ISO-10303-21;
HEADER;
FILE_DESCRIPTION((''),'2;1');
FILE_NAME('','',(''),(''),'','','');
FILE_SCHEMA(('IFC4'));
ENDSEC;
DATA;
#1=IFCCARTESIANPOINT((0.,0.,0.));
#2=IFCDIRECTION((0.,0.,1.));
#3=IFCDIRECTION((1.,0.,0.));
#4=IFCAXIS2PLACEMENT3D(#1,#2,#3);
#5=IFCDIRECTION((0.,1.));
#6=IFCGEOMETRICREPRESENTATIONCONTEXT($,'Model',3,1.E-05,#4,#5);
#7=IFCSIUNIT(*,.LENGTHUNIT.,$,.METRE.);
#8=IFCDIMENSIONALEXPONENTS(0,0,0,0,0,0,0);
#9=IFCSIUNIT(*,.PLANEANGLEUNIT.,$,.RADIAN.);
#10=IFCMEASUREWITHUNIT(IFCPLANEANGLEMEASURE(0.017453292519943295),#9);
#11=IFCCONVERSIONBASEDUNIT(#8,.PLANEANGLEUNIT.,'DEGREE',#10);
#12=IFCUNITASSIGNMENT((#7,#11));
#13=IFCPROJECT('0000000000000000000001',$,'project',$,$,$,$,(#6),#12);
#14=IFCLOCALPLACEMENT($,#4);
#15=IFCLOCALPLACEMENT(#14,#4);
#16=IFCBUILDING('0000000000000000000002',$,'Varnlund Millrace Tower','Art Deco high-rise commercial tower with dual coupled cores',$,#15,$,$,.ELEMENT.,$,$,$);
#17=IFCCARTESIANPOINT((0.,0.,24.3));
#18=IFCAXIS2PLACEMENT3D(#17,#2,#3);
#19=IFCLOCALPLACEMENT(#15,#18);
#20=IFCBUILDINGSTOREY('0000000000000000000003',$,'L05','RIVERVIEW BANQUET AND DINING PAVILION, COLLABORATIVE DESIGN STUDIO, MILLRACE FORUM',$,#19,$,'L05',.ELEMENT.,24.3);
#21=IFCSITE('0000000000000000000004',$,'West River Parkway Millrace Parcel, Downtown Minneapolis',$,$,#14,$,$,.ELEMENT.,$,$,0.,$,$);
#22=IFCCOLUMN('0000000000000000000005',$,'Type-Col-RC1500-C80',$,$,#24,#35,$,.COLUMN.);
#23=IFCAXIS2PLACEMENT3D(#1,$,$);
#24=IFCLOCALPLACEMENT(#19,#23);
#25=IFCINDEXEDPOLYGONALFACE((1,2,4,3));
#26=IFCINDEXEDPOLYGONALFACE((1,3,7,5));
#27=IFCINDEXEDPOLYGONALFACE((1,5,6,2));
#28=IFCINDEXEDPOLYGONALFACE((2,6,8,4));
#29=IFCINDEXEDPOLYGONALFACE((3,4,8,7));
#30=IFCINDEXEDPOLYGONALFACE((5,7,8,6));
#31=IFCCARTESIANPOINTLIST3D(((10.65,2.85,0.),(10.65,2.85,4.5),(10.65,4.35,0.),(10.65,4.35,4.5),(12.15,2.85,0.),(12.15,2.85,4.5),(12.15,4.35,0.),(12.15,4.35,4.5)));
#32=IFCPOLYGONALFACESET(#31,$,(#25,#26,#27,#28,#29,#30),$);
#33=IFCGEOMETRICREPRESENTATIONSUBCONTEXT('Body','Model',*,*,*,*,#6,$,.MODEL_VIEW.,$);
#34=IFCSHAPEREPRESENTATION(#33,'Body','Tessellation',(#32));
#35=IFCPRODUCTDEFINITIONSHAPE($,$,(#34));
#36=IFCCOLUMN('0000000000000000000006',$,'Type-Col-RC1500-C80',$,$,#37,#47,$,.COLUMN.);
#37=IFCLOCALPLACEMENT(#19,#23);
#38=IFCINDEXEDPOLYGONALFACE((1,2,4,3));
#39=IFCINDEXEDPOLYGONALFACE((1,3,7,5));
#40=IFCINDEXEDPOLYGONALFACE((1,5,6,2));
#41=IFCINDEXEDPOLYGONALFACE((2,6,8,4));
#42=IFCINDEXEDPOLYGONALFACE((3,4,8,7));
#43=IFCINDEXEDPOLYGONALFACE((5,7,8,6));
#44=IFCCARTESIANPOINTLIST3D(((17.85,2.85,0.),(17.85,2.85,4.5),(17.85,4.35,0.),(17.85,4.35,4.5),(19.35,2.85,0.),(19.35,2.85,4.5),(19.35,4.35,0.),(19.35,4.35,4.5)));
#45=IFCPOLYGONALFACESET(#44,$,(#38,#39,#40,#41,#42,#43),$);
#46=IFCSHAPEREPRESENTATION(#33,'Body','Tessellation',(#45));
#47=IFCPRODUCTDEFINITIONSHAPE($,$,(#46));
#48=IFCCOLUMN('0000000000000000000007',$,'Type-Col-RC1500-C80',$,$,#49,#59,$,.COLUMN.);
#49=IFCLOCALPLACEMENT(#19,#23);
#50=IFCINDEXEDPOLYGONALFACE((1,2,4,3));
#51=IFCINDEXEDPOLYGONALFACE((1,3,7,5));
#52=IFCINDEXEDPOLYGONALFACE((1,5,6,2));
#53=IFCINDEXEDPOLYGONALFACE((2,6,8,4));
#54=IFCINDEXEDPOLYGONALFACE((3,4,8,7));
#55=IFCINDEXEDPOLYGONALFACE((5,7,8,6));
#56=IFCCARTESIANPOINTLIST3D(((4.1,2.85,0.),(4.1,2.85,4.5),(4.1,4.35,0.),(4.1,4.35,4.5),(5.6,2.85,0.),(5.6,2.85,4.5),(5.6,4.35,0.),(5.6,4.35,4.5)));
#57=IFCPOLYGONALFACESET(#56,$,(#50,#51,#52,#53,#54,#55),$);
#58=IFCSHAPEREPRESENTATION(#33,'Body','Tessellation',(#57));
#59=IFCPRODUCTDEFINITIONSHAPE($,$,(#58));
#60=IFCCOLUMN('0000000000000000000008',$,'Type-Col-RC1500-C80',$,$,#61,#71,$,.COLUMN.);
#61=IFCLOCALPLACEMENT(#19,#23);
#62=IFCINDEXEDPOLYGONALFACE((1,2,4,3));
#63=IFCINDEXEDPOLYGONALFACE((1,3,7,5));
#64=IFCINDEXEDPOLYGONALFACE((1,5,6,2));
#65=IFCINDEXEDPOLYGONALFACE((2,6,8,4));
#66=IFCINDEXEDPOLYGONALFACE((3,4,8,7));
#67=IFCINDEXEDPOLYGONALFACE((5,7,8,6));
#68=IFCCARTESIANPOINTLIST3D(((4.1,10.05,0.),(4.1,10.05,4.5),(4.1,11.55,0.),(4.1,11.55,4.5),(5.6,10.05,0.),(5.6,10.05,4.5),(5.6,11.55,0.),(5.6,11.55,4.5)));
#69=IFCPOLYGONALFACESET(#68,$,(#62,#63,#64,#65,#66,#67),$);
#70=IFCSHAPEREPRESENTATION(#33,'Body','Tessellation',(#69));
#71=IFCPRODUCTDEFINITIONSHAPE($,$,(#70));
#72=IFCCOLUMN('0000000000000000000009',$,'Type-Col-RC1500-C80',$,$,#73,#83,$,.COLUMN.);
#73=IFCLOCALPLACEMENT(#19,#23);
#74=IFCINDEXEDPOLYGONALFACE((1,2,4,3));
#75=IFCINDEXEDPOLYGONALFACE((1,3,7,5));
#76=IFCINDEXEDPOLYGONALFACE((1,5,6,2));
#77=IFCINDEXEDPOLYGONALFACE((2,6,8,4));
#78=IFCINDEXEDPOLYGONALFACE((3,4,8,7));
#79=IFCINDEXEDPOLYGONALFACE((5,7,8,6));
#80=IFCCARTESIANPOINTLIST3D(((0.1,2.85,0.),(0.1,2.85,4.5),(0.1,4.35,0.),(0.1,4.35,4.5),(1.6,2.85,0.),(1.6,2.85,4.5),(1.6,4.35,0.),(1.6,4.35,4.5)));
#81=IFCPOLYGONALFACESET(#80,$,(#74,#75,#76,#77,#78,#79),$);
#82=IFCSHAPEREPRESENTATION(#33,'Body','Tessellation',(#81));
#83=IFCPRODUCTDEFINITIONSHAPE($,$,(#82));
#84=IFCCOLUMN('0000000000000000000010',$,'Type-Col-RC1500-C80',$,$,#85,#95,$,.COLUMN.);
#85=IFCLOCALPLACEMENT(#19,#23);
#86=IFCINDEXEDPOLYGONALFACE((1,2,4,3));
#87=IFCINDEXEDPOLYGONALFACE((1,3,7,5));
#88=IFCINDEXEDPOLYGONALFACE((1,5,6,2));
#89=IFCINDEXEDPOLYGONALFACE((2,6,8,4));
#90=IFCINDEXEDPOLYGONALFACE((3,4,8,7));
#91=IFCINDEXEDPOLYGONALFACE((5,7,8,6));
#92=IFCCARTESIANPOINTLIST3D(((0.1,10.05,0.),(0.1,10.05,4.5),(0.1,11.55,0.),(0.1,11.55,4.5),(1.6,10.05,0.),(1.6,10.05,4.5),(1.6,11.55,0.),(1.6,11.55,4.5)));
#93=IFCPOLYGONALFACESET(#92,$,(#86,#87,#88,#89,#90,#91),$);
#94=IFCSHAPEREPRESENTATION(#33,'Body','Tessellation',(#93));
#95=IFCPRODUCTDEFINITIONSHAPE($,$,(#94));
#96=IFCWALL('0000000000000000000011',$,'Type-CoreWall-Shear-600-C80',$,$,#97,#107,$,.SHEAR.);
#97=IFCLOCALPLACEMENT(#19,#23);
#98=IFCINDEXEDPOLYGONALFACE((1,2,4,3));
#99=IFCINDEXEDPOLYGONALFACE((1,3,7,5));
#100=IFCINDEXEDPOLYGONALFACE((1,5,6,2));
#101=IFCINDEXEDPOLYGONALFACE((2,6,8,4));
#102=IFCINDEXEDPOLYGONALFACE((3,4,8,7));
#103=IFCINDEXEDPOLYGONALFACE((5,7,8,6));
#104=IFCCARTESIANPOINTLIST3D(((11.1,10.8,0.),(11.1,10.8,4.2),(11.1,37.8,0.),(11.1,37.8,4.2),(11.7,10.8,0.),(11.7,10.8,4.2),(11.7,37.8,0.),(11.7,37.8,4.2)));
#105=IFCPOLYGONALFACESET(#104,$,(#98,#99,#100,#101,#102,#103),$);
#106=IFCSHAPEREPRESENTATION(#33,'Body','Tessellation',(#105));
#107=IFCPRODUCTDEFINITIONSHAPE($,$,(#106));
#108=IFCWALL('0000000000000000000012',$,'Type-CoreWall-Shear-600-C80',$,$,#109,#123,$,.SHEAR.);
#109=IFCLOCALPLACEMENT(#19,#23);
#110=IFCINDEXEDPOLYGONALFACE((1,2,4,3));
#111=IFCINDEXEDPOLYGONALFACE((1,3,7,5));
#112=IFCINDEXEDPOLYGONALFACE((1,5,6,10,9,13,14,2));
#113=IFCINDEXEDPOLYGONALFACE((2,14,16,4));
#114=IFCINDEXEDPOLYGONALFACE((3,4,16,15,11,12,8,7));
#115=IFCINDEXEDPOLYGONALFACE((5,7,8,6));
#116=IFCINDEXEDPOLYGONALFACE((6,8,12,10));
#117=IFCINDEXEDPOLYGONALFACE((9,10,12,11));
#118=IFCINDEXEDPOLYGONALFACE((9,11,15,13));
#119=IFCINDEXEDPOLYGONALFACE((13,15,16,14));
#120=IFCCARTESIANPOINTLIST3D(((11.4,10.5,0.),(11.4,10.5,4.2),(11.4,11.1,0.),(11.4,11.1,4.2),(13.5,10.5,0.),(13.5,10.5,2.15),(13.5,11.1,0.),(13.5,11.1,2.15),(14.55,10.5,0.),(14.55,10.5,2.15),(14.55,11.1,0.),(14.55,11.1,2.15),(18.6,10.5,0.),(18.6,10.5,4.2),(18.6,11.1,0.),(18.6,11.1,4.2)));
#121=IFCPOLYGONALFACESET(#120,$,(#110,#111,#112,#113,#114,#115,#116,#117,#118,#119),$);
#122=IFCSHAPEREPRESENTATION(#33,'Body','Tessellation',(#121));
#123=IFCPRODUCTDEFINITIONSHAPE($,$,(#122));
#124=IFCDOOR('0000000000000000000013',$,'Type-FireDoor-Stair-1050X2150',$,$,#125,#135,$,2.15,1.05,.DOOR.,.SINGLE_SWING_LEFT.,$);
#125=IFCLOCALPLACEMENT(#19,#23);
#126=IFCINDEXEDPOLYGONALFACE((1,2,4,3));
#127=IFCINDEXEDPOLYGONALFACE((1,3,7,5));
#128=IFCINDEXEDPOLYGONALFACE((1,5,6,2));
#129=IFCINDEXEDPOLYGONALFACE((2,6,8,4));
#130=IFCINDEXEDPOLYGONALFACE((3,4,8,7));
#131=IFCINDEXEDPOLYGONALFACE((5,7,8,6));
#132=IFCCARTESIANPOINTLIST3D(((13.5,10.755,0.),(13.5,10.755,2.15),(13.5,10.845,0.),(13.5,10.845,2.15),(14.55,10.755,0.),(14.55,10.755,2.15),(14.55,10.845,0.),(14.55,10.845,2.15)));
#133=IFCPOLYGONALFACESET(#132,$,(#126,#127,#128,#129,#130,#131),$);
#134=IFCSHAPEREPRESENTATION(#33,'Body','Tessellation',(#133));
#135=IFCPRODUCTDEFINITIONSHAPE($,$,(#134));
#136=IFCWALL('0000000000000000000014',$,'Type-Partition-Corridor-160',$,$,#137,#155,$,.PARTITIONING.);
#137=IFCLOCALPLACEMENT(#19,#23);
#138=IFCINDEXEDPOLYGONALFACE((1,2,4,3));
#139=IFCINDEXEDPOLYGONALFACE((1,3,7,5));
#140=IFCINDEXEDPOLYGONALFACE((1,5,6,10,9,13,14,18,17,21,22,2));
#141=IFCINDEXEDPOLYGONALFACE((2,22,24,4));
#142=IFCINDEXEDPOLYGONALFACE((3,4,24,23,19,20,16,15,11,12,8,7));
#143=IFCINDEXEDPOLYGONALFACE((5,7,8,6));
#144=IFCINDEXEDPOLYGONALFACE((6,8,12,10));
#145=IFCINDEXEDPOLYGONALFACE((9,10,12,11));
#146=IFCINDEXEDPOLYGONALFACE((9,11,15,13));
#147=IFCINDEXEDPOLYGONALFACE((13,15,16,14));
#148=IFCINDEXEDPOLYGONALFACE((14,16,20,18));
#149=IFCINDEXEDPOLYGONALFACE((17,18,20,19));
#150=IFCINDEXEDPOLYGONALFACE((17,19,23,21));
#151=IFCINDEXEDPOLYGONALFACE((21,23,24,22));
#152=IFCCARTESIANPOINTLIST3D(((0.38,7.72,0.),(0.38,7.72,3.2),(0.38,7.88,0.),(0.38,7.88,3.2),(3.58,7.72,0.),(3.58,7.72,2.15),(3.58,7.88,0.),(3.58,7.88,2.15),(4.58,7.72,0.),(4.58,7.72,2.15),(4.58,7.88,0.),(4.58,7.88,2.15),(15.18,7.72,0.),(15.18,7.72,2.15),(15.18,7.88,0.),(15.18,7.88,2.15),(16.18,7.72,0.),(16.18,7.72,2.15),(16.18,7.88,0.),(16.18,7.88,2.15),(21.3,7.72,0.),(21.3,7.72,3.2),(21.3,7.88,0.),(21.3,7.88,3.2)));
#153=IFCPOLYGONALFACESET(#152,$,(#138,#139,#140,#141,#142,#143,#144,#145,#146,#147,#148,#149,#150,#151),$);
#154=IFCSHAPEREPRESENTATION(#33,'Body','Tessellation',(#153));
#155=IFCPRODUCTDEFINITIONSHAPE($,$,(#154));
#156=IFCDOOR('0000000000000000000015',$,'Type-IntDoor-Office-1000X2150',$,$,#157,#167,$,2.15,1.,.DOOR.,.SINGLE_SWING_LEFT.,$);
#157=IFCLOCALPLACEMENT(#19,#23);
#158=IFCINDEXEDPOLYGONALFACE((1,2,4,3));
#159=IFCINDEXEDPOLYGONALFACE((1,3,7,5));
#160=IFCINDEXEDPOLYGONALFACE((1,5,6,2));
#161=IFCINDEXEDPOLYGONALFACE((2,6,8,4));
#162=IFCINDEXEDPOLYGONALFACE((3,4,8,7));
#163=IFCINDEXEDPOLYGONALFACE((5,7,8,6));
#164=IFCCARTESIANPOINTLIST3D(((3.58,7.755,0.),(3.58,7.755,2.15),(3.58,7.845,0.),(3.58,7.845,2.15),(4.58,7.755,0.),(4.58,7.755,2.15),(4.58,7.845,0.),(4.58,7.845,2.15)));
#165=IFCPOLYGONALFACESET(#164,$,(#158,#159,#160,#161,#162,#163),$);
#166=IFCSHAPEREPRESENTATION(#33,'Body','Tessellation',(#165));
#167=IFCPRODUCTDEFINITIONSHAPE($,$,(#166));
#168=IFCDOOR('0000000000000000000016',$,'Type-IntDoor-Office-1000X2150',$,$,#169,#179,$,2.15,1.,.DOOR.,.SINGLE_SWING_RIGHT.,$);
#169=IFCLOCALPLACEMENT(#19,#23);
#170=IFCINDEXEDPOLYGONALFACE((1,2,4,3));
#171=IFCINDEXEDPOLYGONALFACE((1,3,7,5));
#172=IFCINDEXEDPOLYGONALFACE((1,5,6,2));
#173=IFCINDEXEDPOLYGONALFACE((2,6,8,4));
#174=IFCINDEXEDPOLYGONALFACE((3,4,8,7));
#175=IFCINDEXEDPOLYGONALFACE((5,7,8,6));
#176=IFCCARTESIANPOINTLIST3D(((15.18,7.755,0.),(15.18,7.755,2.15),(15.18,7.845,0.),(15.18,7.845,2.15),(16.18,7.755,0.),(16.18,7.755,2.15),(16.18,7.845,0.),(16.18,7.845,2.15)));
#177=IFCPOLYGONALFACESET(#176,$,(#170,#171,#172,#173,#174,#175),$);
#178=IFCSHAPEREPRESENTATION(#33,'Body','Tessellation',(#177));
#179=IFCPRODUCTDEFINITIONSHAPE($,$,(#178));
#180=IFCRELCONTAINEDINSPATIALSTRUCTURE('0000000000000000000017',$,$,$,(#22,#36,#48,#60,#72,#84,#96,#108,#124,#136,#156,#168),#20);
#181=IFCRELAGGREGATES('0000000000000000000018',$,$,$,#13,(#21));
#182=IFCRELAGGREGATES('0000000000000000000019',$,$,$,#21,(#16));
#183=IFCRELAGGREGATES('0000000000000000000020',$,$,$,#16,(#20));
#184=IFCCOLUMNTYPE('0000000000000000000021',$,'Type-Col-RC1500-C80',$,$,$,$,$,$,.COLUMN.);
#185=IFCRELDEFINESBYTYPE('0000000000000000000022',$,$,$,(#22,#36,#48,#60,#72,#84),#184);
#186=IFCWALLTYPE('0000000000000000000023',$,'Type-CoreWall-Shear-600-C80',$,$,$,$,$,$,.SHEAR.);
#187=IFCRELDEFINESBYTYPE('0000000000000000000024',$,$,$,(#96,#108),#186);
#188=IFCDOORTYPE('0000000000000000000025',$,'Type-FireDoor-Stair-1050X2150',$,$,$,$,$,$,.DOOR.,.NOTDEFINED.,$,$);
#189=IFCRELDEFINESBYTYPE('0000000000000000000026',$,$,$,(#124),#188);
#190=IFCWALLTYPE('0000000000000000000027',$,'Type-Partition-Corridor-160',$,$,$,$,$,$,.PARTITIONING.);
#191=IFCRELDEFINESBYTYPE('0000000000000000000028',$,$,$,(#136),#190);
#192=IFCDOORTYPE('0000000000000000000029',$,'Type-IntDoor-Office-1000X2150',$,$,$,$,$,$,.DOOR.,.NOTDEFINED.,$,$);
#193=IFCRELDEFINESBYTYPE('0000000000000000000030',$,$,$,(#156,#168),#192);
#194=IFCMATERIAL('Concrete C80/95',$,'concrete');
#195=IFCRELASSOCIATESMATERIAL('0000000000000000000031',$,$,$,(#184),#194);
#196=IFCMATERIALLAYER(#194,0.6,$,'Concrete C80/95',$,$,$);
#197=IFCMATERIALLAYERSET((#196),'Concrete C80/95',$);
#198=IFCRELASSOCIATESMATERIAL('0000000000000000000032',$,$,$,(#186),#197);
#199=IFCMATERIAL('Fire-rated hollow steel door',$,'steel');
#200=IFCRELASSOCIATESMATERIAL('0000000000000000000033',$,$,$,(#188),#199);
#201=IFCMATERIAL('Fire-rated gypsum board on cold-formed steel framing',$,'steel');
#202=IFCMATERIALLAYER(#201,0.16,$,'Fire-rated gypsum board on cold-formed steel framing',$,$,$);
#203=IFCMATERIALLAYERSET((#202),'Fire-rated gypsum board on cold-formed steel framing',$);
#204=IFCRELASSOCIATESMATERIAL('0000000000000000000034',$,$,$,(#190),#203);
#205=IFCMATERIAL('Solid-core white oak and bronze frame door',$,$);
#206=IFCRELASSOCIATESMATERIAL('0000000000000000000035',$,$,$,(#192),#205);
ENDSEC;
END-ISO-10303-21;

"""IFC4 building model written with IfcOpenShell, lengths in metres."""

from ifc_helpers import new_model, entity, si_unit, converted_unit, direction, frame, origin_with_axes, origin_2d_with_axis, place, context, subcontext, project, spatial, polyline, rectangle, outline, extrude, material, layer, layer_set, material_profile, profile_set, type_object, element, fill, save


model = new_model("IFC4")

# Units and contexts
model_context = context("Model", 3, precision=1e-05, world=origin_with_axes(), true_north=direction((0.0, 1.0)))
body_context = subcontext(model_context, "Body", "Model", "MODEL_VIEW")
ifc_project = project(units=[si_unit("LENGTHUNIT", "METRE"), converted_unit("PLANEANGLEUNIT", "DEGREE", entity("IfcPlaneAngleMeasure", 0.017453292519943295), si_unit("PLANEANGLEUNIT", "RADIAN"), dimensions=[0, 0, 0, 0, 0, 0, 0])], contexts=[model_context])

# Site, building, storey
site_placement = place(None, origin_with_axes())
site = spatial("IfcSite", under=ifc_project, at=site_placement, Name="West River Parkway Millrace Parcel, Downtown Minneapolis", CompositionType="ELEMENT", RefElevation=0.0)
building_placement = place(site_placement, origin_with_axes())
building = spatial("IfcBuilding", under=site, at=building_placement, Name="Varnlund Millrace Tower", Description="Art Deco high-rise commercial tower with dual coupled cores", CompositionType="ELEMENT")
storey_placement = place(building_placement, frame((0.0, 0.0, 24.3), z_axis=(0.0, 0.0, 1.0), x_axis=(1.0, 0.0, 0.0)))
storey = spatial("IfcBuildingStorey", under=building, at=storey_placement, Name="L05", Description="RIVERVIEW BANQUET AND DINING PAVILION, COLLABORATIVE DESIGN STUDIO, MILLRACE FORUM", LongName="L05", CompositionType="ELEMENT", Elevation=24.3)

# Columns
ifc_material_1 = material(Name="Concrete C80/95", Category="concrete")
ifc_material_profile = material_profile(ifc_material_1, rectangle(XDim=1.5, YDim=1.5, at=origin_2d_with_axis()), Name="Concrete C80/95")
ifc_profile_set = profile_set([ifc_material_profile], Name="Concrete C80/95")
column_type = type_object("IfcColumnType", Name="Type-Col-RC1500-C80", PredefinedType="COLUMN", material=ifc_profile_set)
for number, where, z_axis, x_axis, name in (
    (1, (11.4, 3.6, 0.0), (0.0, 0.0, 1.0), (1.0, 0.0, 0.0), "Type-Col-RC1500-C80"),
    (2, (18.6, 3.6, 0.0), (0.0, 0.0, 1.0), (1.0, 0.0, 0.0), "Type-Col-RC1500-C80"),
    (3, (4.85, 3.6, 0.0), (0.0, 0.0, 1.0), (1.0, 0.0, 0.0), "Type-Col-RC1500-C80"),
    (4, (4.85, 10.8, 0.0), (0.0, 0.0, 1.0), (1.0, 0.0, 0.0), "Type-Col-RC1500-C80"),
    (5, (0.85, 3.6, 0.0), (0.0, 0.0, 1.0), (1.0, 0.0, 0.0), "Type-Col-RC1500-C80"),
    (6, (0.85, 10.8, 0.0), (0.0, 0.0, 1.0), (1.0, 0.0, 0.0), "Type-Col-RC1500-C80"),
):
    element("IfcColumn", number, at=place(storey_placement, frame(where, z_axis=z_axis, x_axis=x_axis)), inside=storey, type_object=column_type, Name=name, PredefinedType="COLUMN", context=body_context, shape_type="SweptSolid", body=[
        extrude(rectangle(XDim=1.5, YDim=1.5, at=origin_2d_with_axis()), origin_with_axes(), (0.0, 0.0, 1.0), 4.5),
    ])

# Wall
ifc_layer_1 = layer(ifc_material_1, 0.6, Name="Concrete C80/95")
ifc_layer_set_1 = layer_set([ifc_layer_1], Name="Concrete C80/95")
wall_type_1 = type_object("IfcWallType", Name="Type-CoreWall-Shear-600-C80", PredefinedType="SHEAR", material=ifc_layer_set_1)
wall_1_placement = place(storey_placement, frame((11.4, 10.8, 0.0), z_axis=(0.0, 0.0, 1.0), x_axis=(0.0, 1.0, 0.0)))
element("IfcWall", 7, at=wall_1_placement, inside=storey, type_object=wall_type_1, Name="Type-CoreWall-Shear-600-C80", PredefinedType="SHEAR", context=body_context, shape_type="SweptSolid", body=[
    extrude(outline(polyline([(0.0, -0.3), (27.0, -0.3), (27.0, 0.3), (0.0, 0.3), (0.0, -0.3)])), origin_with_axes(), (0.0, 0.0, 1.0), 4.2),
])

# Wall, opening, door
wall_2_placement = place(storey_placement, frame((11.4, 10.8, 0.0), z_axis=(0.0, 0.0, 1.0), x_axis=(1.0, 0.0, 0.0)))
wall_2 = element("IfcWall", 8, at=wall_2_placement, inside=storey, type_object=wall_type_1, Name="Type-CoreWall-Shear-600-C80", PredefinedType="SHEAR", context=body_context, shape_type="SweptSolid", body=[
    extrude(outline(polyline([(0.0, -0.3), (7.2, -0.3), (7.2, 0.3), (0.0, 0.3), (0.0, -0.3)])), origin_with_axes(), (0.0, 0.0, 1.0), 4.2),
])
opening_1_placement = place(wall_2_placement, frame((2.625, 0.0, 0.0), z_axis=(0.0, 0.0, 1.0), x_axis=(1.0, 0.0, 0.0)))
opening_1 = element("IfcOpeningElement", 9, at=opening_1_placement, cuts=wall_2, PredefinedType="OPENING", context=body_context, shape_type="SweptSolid", body=[
    extrude(rectangle(XDim=1.05, YDim=0.62, at=origin_2d_with_axis()), origin_with_axes(), (0.0, 0.0, 1.0), 2.15),
])
ifc_material_2 = material(Name="Fire-rated hollow steel door", Category="steel")
door_type_1 = type_object("IfcDoorType", Name="Type-FireDoor-Stair-1050X2150", OperationType="NOTDEFINED", PredefinedType="DOOR", material=ifc_material_2)
door_1_placement = place(wall_2_placement, frame((2.625, 0.0, 0.0), z_axis=(0.0, 0.0, 1.0), x_axis=(1.0, 0.0, 0.0)))
door_1 = element("IfcDoor", 10, at=door_1_placement, inside=storey, type_object=door_type_1, Name="Type-FireDoor-Stair-1050X2150", OperationType="SINGLE_SWING_LEFT", OverallHeight=2.15, OverallWidth=1.05, PredefinedType="DOOR", context=body_context, shape_type="SweptSolid", body=[
    extrude(rectangle(XDim=1.05, YDim=0.09, at=origin_2d_with_axis()), origin_with_axes(), (0.0, 0.0, 1.0), 2.15),
])
fill(opening_1, door_1)

# Wall, openings, doors
ifc_material_3 = material(Name="Fire-rated gypsum board on cold-formed steel framing", Category="steel")
ifc_layer_2 = layer(ifc_material_3, 0.16, Name="Fire-rated gypsum board on cold-formed steel framing")
ifc_layer_set_2 = layer_set([ifc_layer_2], Name="Fire-rated gypsum board on cold-formed steel framing")
wall_type_2 = type_object("IfcWallType", Name="Type-Partition-Corridor-160", PredefinedType="PARTITIONING", material=ifc_layer_set_2)
wall_3_placement = place(storey_placement, frame((0.38, 7.8, 0.0), z_axis=(0.0, 0.0, 1.0), x_axis=(1.0, 0.0, 0.0)))
wall_3 = element("IfcWall", 11, at=wall_3_placement, inside=storey, type_object=wall_type_2, Name="Type-Partition-Corridor-160", PredefinedType="PARTITIONING", context=body_context, shape_type="SweptSolid", body=[
    extrude(outline(polyline([(0.0, -0.08), (20.92, -0.08), (20.92, 0.08), (0.0, 0.08), (0.0, -0.08)])), origin_with_axes(), (0.0, 0.0, 1.0), 3.2),
])
opening_2_placement = place(wall_3_placement, frame((3.7, 0.0, 0.0), z_axis=(0.0, 0.0, 1.0), x_axis=(1.0, 0.0, 0.0)))
opening_2 = element("IfcOpeningElement", 12, at=opening_2_placement, cuts=wall_3, PredefinedType="OPENING", context=body_context, shape_type="SweptSolid", body=[
    extrude(rectangle(XDim=1.0, YDim=0.18, at=origin_2d_with_axis()), origin_with_axes(), (0.0, 0.0, 1.0), 2.15),
])
opening_3_placement = place(wall_3_placement, frame((15.3, 0.0, 0.0), z_axis=(0.0, 0.0, 1.0), x_axis=(1.0, 0.0, 0.0)))
opening_3 = element("IfcOpeningElement", 13, at=opening_3_placement, cuts=wall_3, PredefinedType="OPENING", context=body_context, shape_type="SweptSolid", body=[
    extrude(rectangle(XDim=1.0, YDim=0.18, at=origin_2d_with_axis()), origin_with_axes(), (0.0, 0.0, 1.0), 2.15),
])
ifc_material_4 = material(Name="Solid-core white oak and bronze frame door")
door_type_2 = type_object("IfcDoorType", Name="Type-IntDoor-Office-1000X2150", OperationType="NOTDEFINED", PredefinedType="DOOR", material=ifc_material_4)
door_2_placement = place(wall_3_placement, frame((3.7, 0.0, 0.0), z_axis=(0.0, 0.0, 1.0), x_axis=(1.0, 0.0, 0.0)))
door_2 = element("IfcDoor", 14, at=door_2_placement, inside=storey, type_object=door_type_2, Name="Type-IntDoor-Office-1000X2150", OperationType="SINGLE_SWING_LEFT", OverallHeight=2.15, OverallWidth=1.0, PredefinedType="DOOR", context=body_context, shape_type="SweptSolid", body=[
    extrude(rectangle(XDim=1.0, YDim=0.09, at=origin_2d_with_axis()), origin_with_axes(), (0.0, 0.0, 1.0), 2.15),
])
fill(opening_2, door_2)
door_3_placement = place(wall_3_placement, frame((15.3, 0.0, 0.0), z_axis=(0.0, 0.0, 1.0), x_axis=(1.0, 0.0, 0.0)))
door_3 = element("IfcDoor", 15, at=door_3_placement, inside=storey, type_object=door_type_2, Name="Type-IntDoor-Office-1000X2150", OperationType="SINGLE_SWING_RIGHT", OverallHeight=2.15, OverallWidth=1.0, PredefinedType="DOOR", context=body_context, shape_type="SweptSolid", body=[
    extrude(rectangle(XDim=1.0, YDim=0.09, at=origin_2d_with_axis()), origin_with_axes(), (0.0, 0.0, 1.0), 2.15),
])
fill(opening_3, door_3)

save(model, "model.ifc")
